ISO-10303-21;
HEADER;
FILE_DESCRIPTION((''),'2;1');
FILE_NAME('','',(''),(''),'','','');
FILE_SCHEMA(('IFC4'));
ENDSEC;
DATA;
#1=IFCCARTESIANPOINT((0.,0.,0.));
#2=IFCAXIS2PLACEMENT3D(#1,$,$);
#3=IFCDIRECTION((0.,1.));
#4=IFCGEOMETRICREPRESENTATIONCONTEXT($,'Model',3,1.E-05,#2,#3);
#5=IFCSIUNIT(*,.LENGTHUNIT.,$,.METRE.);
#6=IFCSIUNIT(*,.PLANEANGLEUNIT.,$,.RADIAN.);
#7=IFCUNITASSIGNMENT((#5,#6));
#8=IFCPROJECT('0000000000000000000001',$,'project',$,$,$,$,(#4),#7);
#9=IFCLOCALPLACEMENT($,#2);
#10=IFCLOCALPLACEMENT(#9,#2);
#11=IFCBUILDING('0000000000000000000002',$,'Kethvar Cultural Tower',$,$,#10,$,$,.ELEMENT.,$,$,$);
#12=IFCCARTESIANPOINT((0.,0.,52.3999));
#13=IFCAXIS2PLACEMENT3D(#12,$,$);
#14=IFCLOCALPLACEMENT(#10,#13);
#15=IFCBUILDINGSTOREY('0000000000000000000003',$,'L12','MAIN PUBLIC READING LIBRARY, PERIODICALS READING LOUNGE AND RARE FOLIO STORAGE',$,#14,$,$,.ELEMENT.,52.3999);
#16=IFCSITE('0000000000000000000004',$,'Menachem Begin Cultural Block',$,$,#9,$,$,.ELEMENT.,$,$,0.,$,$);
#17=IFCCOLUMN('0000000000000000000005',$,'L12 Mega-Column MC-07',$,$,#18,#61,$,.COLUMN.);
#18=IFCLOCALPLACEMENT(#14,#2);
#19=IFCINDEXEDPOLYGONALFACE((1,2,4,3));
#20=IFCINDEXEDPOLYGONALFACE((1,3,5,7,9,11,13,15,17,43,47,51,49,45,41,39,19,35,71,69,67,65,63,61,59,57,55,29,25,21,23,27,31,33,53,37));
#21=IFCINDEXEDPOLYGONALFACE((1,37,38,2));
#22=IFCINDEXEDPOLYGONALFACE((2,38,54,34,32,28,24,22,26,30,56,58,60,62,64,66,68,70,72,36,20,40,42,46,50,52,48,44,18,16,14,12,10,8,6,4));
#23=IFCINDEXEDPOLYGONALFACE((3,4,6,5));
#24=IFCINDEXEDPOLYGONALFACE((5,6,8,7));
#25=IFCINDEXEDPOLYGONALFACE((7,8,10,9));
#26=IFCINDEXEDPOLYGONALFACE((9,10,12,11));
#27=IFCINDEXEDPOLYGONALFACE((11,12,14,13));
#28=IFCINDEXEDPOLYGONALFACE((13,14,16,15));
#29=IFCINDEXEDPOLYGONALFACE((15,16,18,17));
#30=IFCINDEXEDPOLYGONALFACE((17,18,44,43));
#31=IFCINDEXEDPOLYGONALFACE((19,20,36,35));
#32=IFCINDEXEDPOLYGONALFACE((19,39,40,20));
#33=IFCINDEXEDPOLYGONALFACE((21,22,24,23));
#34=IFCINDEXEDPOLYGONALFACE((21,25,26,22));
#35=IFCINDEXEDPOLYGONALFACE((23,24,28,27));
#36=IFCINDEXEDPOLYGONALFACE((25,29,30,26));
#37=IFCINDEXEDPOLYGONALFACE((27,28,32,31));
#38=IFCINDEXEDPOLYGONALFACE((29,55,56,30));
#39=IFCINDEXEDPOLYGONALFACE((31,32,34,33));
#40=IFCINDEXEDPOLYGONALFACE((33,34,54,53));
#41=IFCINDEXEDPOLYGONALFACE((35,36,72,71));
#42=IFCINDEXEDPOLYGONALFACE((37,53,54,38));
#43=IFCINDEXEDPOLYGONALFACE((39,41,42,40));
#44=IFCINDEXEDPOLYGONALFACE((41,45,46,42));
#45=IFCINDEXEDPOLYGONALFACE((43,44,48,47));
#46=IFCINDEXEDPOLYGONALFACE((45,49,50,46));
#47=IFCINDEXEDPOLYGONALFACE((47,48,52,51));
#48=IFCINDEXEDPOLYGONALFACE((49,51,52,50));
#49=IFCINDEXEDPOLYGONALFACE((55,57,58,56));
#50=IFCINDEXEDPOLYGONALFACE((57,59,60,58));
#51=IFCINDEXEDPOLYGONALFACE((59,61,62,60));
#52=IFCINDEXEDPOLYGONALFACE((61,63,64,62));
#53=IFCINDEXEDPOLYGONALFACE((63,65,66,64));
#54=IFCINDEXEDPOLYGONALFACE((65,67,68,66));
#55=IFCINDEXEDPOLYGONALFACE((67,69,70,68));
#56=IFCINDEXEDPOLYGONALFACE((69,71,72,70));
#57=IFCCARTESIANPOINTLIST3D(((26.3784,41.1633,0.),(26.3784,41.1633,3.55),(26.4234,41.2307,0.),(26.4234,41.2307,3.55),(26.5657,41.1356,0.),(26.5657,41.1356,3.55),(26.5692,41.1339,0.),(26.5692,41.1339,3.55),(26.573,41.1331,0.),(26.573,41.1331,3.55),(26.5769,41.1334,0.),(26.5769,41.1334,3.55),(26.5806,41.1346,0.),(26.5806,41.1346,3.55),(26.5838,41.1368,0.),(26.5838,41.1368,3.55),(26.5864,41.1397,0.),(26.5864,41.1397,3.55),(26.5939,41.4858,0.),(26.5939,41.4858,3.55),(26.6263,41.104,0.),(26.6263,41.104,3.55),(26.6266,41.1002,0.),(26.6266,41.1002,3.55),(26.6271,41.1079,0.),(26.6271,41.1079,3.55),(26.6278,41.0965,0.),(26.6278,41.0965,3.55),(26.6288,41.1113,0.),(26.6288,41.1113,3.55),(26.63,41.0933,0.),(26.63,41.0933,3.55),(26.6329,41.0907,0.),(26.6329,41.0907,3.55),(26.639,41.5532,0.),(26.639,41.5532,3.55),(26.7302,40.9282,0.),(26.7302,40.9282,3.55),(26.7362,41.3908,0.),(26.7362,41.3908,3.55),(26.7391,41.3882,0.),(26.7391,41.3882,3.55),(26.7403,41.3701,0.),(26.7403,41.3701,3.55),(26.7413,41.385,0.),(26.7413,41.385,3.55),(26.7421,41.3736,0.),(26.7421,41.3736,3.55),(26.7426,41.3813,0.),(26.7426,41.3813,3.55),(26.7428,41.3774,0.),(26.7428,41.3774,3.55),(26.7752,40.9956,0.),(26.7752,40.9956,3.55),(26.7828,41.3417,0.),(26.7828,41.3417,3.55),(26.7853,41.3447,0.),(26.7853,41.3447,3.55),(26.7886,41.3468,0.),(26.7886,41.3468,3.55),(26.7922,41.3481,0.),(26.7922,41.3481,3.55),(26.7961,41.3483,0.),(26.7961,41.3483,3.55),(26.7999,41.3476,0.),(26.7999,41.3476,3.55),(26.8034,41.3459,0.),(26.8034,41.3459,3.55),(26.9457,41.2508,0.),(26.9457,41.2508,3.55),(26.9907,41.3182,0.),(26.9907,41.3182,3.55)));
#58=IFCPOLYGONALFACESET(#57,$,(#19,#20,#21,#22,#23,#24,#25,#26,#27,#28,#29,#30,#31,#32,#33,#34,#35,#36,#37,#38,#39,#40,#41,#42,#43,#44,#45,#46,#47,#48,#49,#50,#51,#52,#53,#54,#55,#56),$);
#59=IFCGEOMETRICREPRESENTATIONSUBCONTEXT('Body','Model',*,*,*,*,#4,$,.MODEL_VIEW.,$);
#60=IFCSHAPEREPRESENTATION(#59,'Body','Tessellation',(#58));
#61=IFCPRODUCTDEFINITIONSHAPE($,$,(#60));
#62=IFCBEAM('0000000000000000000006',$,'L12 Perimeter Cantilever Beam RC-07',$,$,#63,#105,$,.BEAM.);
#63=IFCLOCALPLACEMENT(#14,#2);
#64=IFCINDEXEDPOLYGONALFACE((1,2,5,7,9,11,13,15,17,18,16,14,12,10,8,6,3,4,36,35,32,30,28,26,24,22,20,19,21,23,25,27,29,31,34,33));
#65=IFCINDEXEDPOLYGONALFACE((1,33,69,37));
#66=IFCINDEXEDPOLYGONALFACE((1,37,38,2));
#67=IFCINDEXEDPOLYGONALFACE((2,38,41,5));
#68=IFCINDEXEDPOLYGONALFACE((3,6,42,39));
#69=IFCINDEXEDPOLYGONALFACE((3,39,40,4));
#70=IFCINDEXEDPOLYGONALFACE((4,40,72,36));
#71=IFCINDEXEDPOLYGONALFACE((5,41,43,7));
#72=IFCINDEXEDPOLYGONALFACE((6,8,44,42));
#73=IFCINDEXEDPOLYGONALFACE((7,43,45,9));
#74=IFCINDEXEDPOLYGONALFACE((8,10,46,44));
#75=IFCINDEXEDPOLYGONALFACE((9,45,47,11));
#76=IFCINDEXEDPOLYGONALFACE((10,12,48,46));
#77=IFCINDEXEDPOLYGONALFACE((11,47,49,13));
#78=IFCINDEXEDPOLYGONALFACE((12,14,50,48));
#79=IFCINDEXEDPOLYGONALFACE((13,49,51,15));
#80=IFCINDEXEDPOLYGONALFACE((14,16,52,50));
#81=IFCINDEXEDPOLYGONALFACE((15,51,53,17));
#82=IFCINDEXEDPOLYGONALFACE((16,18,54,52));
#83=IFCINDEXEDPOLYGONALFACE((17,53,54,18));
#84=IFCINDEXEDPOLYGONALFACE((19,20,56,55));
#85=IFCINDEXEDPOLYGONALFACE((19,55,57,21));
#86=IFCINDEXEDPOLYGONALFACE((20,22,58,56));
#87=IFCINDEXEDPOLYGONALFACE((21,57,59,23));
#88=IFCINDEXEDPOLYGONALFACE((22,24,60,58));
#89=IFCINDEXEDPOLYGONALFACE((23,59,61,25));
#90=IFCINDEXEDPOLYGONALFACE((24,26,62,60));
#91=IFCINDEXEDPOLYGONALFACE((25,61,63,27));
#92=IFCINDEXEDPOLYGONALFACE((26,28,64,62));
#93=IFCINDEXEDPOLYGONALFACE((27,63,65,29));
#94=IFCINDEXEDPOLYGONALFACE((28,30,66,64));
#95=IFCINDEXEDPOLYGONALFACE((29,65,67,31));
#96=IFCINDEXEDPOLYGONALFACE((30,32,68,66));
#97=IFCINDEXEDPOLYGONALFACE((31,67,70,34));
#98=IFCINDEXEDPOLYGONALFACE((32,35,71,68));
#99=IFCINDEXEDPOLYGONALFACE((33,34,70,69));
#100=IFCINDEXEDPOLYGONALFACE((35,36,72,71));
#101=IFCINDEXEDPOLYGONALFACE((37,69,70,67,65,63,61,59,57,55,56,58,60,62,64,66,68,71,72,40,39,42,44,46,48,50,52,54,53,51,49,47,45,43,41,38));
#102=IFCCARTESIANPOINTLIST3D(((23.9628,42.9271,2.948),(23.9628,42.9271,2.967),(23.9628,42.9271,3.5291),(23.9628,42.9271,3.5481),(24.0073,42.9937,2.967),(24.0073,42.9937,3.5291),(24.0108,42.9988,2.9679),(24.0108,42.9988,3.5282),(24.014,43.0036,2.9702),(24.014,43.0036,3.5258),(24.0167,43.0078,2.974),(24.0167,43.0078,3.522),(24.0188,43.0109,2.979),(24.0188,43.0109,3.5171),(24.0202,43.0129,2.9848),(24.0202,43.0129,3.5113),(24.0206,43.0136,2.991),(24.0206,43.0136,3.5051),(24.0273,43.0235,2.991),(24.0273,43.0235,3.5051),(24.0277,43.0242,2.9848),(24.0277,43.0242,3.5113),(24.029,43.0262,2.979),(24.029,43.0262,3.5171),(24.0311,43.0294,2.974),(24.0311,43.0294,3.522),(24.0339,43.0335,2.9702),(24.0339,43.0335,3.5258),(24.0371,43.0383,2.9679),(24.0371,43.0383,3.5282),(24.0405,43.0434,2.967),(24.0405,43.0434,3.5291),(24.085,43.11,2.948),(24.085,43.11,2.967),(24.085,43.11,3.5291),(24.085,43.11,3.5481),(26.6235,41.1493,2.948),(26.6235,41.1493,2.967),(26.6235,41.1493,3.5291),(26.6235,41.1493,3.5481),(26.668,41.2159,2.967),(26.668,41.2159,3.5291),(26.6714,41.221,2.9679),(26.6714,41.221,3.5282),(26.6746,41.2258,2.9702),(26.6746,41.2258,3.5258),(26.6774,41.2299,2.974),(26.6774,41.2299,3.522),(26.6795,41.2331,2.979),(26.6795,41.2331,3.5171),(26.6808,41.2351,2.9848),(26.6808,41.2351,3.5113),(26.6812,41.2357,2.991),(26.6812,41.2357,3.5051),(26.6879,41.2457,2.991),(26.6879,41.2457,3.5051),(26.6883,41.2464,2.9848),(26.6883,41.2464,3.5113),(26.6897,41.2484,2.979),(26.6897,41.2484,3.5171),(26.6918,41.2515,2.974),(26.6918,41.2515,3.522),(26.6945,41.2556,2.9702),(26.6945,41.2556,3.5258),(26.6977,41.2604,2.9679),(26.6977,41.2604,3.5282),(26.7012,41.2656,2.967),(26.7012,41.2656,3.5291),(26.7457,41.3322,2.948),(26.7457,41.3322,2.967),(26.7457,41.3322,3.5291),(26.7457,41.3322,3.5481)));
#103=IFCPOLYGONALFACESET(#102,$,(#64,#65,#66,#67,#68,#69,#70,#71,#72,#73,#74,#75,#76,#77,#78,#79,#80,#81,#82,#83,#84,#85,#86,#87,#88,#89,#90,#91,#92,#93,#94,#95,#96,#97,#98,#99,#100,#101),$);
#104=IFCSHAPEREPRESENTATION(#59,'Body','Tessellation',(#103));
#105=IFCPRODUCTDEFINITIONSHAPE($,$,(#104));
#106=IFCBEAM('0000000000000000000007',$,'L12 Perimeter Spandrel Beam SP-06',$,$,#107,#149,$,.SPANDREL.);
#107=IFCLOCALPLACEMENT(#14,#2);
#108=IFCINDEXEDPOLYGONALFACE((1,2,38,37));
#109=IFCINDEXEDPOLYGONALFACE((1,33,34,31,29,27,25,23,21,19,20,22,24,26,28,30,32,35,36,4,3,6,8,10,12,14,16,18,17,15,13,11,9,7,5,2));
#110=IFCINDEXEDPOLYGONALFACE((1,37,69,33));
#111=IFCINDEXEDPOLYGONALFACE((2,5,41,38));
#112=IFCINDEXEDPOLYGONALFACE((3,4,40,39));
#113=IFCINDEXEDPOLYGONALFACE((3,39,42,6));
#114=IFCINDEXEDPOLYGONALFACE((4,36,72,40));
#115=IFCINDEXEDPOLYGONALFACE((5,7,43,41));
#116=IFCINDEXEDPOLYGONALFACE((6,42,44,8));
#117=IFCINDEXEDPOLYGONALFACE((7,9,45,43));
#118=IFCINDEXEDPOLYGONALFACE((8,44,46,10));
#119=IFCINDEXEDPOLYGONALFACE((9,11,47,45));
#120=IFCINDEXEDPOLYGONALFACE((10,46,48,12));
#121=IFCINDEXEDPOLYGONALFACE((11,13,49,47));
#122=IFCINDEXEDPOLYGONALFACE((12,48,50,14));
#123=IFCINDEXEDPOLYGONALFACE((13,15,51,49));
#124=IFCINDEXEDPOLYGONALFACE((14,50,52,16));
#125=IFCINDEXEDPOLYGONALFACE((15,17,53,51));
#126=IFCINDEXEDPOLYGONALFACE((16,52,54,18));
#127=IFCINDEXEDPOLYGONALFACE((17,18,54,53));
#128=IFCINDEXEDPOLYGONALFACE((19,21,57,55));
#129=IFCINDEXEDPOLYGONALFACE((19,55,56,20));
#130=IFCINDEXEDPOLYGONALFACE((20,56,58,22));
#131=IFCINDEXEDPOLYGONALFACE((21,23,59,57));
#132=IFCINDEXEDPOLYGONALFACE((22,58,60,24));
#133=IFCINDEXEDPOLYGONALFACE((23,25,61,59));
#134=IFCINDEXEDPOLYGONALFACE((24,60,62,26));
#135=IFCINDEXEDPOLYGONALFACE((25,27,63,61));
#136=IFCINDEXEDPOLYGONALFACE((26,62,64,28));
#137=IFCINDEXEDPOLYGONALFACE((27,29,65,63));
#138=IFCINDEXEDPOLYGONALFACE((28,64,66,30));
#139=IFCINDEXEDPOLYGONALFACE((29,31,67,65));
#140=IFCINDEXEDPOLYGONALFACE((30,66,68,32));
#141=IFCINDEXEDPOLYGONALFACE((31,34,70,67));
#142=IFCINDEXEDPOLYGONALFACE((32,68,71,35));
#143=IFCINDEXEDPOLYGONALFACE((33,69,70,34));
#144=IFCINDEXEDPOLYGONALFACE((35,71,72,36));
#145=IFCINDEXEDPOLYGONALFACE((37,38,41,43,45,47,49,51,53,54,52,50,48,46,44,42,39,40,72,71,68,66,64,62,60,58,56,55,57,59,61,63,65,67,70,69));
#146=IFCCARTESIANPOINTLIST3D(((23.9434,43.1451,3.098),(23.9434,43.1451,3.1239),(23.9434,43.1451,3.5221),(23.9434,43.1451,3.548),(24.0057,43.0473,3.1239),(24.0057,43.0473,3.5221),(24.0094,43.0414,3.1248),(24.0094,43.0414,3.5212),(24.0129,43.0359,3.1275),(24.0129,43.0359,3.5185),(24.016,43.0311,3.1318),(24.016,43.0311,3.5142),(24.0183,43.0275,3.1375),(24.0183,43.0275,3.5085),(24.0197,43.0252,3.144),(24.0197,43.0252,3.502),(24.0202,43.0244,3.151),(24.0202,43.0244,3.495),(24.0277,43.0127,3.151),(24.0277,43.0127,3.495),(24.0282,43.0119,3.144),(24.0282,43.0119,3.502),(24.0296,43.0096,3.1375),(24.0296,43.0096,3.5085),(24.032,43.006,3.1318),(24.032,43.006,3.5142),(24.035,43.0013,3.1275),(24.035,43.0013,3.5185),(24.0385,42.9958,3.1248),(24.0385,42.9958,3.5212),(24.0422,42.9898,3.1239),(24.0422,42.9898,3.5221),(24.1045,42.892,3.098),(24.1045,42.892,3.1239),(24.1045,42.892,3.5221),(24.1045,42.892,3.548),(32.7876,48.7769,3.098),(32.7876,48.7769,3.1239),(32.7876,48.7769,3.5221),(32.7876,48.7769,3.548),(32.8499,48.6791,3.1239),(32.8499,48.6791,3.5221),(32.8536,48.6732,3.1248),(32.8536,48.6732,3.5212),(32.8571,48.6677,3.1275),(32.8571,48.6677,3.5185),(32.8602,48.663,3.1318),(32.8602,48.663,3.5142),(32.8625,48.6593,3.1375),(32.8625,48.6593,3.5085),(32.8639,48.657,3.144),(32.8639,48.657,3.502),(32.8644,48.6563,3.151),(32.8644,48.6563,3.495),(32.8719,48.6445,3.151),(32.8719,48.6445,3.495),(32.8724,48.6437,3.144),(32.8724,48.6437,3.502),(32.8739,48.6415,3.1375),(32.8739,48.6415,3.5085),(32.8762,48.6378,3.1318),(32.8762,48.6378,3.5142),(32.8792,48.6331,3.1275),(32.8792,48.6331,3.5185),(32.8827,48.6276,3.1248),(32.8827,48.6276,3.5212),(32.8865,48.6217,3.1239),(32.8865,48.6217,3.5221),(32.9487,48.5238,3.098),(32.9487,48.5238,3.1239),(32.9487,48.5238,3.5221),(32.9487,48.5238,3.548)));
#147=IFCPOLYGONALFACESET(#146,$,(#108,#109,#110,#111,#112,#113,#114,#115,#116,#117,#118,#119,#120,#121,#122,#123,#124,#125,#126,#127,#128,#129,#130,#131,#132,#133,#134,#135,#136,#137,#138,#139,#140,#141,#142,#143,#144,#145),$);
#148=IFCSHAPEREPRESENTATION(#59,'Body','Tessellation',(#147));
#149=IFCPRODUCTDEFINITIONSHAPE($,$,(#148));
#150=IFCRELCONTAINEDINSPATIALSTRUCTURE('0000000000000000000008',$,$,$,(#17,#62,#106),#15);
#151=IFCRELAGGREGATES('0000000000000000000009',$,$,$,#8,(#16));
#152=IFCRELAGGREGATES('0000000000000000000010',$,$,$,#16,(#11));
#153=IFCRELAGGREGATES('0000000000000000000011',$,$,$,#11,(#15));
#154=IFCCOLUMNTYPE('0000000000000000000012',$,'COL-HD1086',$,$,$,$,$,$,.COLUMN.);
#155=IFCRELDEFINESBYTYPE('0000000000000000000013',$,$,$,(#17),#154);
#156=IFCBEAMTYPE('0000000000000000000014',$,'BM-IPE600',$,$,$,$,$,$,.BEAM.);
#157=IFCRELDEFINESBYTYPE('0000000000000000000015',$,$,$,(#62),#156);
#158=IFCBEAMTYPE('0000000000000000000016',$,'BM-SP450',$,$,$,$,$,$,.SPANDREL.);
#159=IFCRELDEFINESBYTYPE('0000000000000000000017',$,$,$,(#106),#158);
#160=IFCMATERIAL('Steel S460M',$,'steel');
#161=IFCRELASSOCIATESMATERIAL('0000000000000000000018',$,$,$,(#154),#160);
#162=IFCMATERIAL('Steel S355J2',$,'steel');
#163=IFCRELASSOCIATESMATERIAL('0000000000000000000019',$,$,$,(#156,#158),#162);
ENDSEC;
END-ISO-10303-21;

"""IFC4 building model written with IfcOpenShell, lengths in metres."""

from ifc_helpers import new_model, si_unit, direction, frame, origin, origin_2d, place, context, subcontext, project, spatial, i_section, extrude, source, transform, mapped, material, material_profile, profile_set, type_object, element, save


model = new_model("IFC4")

# Units and contexts
model_context = context("Model", 3, precision=1e-05, world=origin(), true_north=direction((0.0, 1.0)))
body_context = subcontext(model_context, "Body", "Model", "MODEL_VIEW")
ifc_project = project(units=[si_unit("LENGTHUNIT", "METRE"), si_unit("PLANEANGLEUNIT", "RADIAN")], contexts=[model_context])

# Site, building, storey
site_placement = place(None, origin())
site = spatial("IfcSite", under=ifc_project, at=site_placement, Name="Menachem Begin Cultural Block", CompositionType="ELEMENT", RefElevation=0.0)
building_placement = place(site_placement, origin())
building = spatial("IfcBuilding", under=site, at=building_placement, Name="Kethvar Cultural Tower", CompositionType="ELEMENT")
storey_placement = place(building_placement, frame((0.0, 0.0, 52.3999)))
storey = spatial("IfcBuildingStorey", under=building, at=storey_placement, Name="L12", Description="MAIN PUBLIC READING LIBRARY, PERIODICALS READING LOUNGE AND RARE FOLIO STORAGE", CompositionType="ELEMENT", Elevation=52.3999)

# Column
ifc_material_1 = material(Name="Steel S460M", Category="steel")
ifc_material_profile_1 = material_profile(ifc_material_1, i_section(OverallWidth=0.4231, OverallDepth=0.469, WebThickness=0.051, FlangeThickness=0.0811, FilletRadius=0.0149, at=origin_2d()), Name="Steel S460M — HD400x1086")
ifc_profile_set_1 = profile_set([ifc_material_profile_1], Name="Steel S460M — HD400x1086")
column_type = type_object("IfcColumnType", Name="COL-HD1086", PredefinedType="COLUMN", material=ifc_profile_set_1)
shared_shape_1 = source(origin(), body_context, "Body", "SweptSolid", [
    extrude(i_section(OverallWidth=0.4231, OverallDepth=0.469, WebThickness=0.051, FlangeThickness=0.0811, FilletRadius=0.0149, at=origin_2d()), origin(), (0.0, 0.0, 1.0), 3.55),
])
column_placement = place(storey_placement, frame((26.6846, 41.2407, 0.0), z_axis=(0.0, 0.0, 1.0), x_axis=(-0.83147, 0.55557, 0.0)))
element("IfcColumn", 1, at=column_placement, inside=storey, type_object=column_type, Name="L12 Mega-Column MC-07", PredefinedType="COLUMN", context=body_context, shape_type="MappedRepresentation", body=[
    mapped(shared_shape_1, transform((0.0, 0.0, 0.0), scale=1.0)),
])

# Beams
ifc_material_2 = material(Name="Steel S355J2", Category="steel")
ifc_material_profile_2 = material_profile(ifc_material_2, i_section(OverallWidth=0.22, OverallDepth=0.6001, WebThickness=0.012, FlangeThickness=0.019, FilletRadius=0.0239, at=origin_2d()), Name="Steel S355J2 — IPE600")
ifc_profile_set_2 = profile_set([ifc_material_profile_2], Name="Steel S355J2 — IPE600")
beam_type_1 = type_object("IfcBeamType", Name="BM-IPE600", PredefinedType="BEAM", material=ifc_profile_set_2)
shared_shape_2 = source(origin(), body_context, "Body", "SweptSolid", [
    extrude(i_section(OverallWidth=0.22, OverallDepth=0.6001, WebThickness=0.012, FlangeThickness=0.019, FilletRadius=0.0239, at=origin_2d()), origin(), (0.0, 0.0, 1.0), 3.2),
])
beam_1_placement = place(storey_placement, frame((26.6846, 41.2407, 3.248), z_axis=(-0.831463, 0.55558, 0.0), x_axis=(-0.55558, -0.831463, 0.0)))
element("IfcBeam", 2, at=beam_1_placement, inside=storey, type_object=beam_type_1, Name="L12 Perimeter Cantilever Beam RC-07", PredefinedType="BEAM", context=body_context, shape_type="MappedRepresentation", body=[
    mapped(shared_shape_2, transform((0.0, 0.0, 0.0), scale=1.0)),
])
ifc_material_profile_3 = material_profile(ifc_material_2, i_section(OverallWidth=0.3, OverallDepth=0.45, WebThickness=0.0139, FlangeThickness=0.0259, FilletRadius=0.0271, at=origin_2d()), Name="Steel S355J2 — HEB450")
ifc_profile_set_3 = profile_set([ifc_material_profile_3], Name="Steel S355J2 — HEB450")
beam_type_2 = type_object("IfcBeamType", Name="BM-SP450", PredefinedType="SPANDREL", material=ifc_profile_set_3)
shared_shape_3 = source(origin(), body_context, "Body", "SweptSolid", [
    extrude(i_section(OverallWidth=0.3, OverallDepth=0.45, WebThickness=0.0139, FlangeThickness=0.0259, FilletRadius=0.0271, at=origin_2d()), origin(), (0.0, 0.0, 1.0), 10.4851),
])
beam_2_placement = place(storey_placement, frame((32.8682, 48.6504, 3.323), z_axis=(-0.843502, -0.537126, 0.0), x_axis=(0.537126, -0.843502, 0.0)))
element("IfcBeam", 3, at=beam_2_placement, inside=storey, type_object=beam_type_2, Name="L12 Perimeter Spandrel Beam SP-06", PredefinedType="SPANDREL", context=body_context, shape_type="MappedRepresentation", body=[
    mapped(shared_shape_3, transform((0.0, 0.0, 0.0), scale=1.0)),
])

save(model, "model.ifc")
